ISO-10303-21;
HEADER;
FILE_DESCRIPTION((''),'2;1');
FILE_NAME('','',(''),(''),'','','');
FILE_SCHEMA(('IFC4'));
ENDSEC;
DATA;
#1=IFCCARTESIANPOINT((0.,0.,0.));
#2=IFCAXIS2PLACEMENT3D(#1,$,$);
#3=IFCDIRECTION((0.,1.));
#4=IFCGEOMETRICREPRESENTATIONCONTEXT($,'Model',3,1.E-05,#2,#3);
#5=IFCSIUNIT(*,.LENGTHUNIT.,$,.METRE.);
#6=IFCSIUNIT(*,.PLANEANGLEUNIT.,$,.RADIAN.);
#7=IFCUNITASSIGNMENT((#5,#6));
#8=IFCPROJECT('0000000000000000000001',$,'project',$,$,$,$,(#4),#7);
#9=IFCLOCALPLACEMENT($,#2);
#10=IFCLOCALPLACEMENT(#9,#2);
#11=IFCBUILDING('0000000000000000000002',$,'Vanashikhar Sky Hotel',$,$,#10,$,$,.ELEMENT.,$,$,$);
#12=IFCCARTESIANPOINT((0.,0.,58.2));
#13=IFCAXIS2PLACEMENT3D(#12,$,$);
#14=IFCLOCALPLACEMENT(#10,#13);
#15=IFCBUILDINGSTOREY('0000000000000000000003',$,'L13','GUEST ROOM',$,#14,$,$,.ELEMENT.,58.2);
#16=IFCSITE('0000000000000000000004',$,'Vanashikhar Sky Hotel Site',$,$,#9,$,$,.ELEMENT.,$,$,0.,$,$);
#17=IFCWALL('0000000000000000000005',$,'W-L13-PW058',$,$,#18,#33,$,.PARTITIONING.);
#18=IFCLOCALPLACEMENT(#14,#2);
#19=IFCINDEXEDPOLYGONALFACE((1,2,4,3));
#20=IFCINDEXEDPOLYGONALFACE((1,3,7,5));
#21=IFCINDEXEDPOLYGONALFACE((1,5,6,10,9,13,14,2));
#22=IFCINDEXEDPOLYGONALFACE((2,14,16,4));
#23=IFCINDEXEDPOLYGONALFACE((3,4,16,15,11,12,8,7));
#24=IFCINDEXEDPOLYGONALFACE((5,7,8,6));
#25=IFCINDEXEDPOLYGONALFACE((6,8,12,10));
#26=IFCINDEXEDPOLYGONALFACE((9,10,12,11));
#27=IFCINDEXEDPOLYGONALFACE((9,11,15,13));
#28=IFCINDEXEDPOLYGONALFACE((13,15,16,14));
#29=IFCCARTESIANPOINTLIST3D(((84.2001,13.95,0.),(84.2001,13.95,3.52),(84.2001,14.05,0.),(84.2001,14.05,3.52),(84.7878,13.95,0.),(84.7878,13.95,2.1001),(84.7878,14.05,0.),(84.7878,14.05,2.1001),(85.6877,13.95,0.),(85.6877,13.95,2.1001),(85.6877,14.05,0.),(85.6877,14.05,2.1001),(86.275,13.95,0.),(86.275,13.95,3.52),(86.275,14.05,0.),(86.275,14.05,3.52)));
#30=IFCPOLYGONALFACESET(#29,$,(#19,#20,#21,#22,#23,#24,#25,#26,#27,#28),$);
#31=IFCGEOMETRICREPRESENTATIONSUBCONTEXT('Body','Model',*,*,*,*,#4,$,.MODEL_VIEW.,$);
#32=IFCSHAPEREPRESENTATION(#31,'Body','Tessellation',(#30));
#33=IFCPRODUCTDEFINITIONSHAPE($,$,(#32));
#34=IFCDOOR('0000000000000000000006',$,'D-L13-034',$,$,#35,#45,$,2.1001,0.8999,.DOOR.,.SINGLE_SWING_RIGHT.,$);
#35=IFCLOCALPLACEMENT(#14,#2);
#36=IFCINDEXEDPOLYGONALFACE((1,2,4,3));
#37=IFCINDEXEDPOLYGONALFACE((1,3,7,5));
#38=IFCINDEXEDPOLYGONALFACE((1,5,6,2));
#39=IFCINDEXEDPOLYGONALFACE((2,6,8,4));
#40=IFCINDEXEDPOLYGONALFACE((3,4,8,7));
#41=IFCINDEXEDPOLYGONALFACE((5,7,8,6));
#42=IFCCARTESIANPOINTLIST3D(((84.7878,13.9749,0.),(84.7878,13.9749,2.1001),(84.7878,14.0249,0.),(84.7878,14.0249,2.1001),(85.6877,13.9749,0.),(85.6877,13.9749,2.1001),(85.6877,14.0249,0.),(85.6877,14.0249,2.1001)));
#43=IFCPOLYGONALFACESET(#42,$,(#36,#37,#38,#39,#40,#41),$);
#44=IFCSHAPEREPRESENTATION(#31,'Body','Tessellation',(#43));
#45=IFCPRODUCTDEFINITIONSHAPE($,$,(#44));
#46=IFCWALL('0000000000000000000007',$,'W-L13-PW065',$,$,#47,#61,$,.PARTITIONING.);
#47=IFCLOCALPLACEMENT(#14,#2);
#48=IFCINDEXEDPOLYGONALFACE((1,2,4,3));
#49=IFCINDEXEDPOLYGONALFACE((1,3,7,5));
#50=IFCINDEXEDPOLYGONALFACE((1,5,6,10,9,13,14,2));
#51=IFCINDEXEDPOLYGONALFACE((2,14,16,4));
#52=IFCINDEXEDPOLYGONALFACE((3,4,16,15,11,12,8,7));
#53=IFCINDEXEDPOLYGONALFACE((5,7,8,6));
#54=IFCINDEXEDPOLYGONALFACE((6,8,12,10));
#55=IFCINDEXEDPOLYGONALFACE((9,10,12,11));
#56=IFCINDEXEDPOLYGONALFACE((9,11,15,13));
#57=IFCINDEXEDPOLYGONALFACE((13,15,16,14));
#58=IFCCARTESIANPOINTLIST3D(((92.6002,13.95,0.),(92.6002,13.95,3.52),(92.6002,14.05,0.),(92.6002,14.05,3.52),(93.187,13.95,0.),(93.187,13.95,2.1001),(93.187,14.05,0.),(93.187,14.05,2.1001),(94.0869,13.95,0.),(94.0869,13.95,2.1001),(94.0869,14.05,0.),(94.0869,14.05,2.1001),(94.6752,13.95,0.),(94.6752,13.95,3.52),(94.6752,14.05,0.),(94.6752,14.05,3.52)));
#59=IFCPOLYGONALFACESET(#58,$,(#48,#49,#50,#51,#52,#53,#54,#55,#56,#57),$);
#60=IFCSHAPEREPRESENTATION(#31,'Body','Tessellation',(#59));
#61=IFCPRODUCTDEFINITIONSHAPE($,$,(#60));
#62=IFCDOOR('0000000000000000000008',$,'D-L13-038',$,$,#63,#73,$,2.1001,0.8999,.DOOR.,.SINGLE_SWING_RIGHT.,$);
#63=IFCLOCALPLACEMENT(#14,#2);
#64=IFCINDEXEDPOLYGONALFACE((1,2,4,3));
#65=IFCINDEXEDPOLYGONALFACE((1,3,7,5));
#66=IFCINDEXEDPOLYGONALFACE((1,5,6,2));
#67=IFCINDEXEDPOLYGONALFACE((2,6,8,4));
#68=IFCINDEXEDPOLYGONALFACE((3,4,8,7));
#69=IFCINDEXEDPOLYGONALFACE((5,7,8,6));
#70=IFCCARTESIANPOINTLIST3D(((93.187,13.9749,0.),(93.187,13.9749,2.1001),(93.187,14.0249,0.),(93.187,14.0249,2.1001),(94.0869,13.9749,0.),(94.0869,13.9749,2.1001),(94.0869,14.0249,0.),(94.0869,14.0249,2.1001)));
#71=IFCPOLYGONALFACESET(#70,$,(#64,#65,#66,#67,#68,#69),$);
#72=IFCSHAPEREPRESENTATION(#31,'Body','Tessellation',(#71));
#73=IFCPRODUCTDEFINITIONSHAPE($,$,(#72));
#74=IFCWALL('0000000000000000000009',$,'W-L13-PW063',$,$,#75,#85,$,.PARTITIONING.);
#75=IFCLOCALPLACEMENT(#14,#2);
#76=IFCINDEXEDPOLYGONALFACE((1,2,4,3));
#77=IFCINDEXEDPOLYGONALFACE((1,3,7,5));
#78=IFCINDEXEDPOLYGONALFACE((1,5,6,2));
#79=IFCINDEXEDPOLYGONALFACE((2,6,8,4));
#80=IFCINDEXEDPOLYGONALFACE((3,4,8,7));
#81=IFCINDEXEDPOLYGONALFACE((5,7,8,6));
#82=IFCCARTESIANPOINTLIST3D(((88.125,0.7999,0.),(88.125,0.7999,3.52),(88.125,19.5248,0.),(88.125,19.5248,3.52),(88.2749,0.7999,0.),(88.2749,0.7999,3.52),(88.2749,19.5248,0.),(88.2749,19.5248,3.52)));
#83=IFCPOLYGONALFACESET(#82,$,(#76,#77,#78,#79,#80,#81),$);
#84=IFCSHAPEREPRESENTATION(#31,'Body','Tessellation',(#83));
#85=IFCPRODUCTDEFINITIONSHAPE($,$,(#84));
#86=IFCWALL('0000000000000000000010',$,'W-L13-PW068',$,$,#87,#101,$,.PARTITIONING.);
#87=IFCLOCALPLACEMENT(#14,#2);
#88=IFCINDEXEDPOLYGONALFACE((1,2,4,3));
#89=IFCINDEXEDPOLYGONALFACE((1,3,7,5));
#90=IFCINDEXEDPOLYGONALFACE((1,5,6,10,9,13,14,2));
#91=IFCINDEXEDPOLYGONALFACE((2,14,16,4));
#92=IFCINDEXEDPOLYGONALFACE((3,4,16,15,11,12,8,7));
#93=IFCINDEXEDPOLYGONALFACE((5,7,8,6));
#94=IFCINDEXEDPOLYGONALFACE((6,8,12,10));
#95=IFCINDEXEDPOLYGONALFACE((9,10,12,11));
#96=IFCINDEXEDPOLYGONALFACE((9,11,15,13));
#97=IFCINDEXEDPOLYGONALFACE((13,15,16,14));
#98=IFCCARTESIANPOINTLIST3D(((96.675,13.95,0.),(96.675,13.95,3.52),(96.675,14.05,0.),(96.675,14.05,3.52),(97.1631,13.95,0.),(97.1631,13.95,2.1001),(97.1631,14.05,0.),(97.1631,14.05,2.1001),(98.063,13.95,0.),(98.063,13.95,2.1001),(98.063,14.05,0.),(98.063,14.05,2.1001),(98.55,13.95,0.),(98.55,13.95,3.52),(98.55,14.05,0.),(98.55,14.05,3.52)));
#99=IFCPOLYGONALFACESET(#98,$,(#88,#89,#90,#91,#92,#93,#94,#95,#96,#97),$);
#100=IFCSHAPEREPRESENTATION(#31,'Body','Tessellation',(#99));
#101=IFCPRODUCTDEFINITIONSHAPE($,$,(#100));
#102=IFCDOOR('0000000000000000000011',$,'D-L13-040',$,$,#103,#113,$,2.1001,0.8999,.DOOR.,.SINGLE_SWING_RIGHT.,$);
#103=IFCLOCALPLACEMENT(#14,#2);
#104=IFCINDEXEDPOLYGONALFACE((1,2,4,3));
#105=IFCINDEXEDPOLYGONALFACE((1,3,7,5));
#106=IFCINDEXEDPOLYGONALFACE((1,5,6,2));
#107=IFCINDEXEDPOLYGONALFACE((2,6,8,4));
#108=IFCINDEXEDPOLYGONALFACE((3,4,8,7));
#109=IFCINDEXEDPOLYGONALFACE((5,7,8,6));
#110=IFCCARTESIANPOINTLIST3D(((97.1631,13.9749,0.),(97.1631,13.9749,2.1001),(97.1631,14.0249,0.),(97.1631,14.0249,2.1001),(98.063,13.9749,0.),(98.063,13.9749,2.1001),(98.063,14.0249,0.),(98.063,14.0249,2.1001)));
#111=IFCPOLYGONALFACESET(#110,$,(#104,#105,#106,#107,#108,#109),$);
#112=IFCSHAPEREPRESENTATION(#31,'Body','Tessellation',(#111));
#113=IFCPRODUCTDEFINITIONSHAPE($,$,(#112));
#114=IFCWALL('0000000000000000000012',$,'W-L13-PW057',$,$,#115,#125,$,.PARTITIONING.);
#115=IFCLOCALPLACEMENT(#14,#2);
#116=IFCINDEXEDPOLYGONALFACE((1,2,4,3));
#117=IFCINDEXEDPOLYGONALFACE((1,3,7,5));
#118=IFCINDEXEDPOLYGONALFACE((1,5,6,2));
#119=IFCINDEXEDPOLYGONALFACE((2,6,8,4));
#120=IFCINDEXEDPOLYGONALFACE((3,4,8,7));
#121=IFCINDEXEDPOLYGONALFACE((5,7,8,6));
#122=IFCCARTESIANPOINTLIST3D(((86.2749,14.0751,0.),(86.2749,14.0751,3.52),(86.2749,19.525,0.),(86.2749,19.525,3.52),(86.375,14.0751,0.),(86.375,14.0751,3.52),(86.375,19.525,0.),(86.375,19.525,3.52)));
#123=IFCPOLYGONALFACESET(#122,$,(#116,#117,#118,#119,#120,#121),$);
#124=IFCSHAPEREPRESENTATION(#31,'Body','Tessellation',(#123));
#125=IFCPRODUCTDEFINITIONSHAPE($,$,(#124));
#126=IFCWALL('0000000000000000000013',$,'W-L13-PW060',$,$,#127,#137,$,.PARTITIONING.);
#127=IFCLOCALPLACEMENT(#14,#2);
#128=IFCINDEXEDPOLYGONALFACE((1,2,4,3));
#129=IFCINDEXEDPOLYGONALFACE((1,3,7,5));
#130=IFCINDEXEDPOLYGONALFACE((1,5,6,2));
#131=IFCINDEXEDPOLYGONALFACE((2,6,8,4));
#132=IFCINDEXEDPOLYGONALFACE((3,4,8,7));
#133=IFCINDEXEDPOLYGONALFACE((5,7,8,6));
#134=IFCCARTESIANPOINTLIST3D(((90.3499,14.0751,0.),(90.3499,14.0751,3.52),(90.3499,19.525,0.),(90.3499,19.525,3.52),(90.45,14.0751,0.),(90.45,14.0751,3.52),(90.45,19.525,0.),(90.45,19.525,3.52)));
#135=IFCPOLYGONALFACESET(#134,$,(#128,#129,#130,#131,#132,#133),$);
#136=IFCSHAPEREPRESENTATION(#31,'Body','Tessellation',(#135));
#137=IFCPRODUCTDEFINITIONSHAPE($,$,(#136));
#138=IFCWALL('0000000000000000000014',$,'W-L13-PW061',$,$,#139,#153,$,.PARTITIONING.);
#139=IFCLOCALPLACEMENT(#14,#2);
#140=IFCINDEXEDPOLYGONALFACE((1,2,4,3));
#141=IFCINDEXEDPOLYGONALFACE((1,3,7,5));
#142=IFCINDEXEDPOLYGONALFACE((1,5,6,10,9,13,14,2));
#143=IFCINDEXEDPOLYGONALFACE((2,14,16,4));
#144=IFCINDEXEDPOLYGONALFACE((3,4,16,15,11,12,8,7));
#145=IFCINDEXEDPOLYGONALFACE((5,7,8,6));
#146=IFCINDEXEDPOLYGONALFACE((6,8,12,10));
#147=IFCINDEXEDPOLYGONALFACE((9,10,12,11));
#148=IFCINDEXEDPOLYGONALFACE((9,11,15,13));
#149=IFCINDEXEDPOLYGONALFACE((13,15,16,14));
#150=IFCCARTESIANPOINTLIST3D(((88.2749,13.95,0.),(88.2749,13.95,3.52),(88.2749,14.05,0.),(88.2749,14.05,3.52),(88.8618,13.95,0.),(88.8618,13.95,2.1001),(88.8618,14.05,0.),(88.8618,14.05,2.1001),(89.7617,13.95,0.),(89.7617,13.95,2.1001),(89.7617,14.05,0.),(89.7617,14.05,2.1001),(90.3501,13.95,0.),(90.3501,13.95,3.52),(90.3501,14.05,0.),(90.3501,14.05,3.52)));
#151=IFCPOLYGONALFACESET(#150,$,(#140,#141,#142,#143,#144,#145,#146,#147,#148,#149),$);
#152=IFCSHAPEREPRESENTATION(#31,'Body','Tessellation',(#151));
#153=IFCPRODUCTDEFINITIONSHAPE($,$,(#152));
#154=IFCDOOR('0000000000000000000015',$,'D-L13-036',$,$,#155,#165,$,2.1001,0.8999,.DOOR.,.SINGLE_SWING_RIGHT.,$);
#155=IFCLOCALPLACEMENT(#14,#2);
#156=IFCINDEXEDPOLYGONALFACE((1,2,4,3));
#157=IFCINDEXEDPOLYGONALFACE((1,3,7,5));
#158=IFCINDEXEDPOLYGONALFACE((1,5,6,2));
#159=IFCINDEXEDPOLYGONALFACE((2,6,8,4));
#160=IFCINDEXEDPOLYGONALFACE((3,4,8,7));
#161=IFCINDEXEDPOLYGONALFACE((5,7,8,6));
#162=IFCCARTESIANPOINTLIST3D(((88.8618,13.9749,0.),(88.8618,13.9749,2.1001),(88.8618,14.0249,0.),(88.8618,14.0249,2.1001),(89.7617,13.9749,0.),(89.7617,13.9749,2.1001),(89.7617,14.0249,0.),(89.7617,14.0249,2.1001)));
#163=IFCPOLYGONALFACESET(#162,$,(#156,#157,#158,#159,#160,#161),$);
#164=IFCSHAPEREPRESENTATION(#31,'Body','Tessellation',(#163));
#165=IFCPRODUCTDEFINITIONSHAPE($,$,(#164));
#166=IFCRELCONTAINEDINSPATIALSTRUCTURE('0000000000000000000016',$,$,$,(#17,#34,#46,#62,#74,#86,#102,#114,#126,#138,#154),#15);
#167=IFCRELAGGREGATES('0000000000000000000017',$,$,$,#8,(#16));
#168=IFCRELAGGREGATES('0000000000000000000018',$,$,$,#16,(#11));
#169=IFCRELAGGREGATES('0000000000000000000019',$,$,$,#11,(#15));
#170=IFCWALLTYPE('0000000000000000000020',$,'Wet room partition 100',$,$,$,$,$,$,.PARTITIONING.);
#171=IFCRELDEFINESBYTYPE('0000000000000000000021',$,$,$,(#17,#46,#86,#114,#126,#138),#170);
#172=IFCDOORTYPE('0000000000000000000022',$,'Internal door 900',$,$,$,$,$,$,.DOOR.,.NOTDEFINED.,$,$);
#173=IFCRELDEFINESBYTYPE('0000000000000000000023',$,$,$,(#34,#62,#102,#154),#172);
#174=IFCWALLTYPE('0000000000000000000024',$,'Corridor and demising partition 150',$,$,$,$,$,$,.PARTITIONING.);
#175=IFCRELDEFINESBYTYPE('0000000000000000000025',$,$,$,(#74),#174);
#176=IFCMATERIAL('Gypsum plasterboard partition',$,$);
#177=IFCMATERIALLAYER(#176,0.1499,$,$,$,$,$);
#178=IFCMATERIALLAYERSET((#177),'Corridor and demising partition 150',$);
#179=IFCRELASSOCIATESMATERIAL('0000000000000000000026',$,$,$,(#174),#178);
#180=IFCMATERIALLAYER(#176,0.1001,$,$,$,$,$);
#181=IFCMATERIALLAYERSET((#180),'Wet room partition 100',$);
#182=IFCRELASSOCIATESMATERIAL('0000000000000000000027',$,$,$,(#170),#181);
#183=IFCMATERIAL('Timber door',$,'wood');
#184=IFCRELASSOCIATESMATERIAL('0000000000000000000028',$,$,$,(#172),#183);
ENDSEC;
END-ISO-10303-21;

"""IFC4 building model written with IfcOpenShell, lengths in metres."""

from ifc_helpers import new_model, si_unit, direction, frame, frame_2d, origin, place, context, subcontext, project, spatial, rectangle, extrude, source, transform, mapped, material, layer, layer_set, type_object, element, fill, save


model = new_model("IFC4")

# Units and contexts
model_context = context("Model", 3, precision=1e-05, world=origin(), true_north=direction((0.0, 1.0)))
body_context = subcontext(model_context, "Body", "Model", "MODEL_VIEW")
ifc_project = project(units=[si_unit("LENGTHUNIT", "METRE"), si_unit("PLANEANGLEUNIT", "RADIAN")], contexts=[model_context])

# Site, building, storey
site_placement = place(None, origin())
site = spatial("IfcSite", under=ifc_project, at=site_placement, Name="Vanashikhar Sky Hotel Site", CompositionType="ELEMENT", RefElevation=0.0)
building_placement = place(site_placement, origin())
building = spatial("IfcBuilding", under=site, at=building_placement, Name="Vanashikhar Sky Hotel", CompositionType="ELEMENT")
storey_placement = place(building_placement, frame((0.0, 0.0, 58.2)))
storey = spatial("IfcBuildingStorey", under=building, at=storey_placement, Name="L13", Description="GUEST ROOM", CompositionType="ELEMENT", Elevation=58.2)

# Shared definitions
ifc_material_1 = material(Name="Gypsum plasterboard partition")
ifc_layer_1 = layer(ifc_material_1, 0.1499)
ifc_layer_set_1 = layer_set([ifc_layer_1], Name="Corridor and demising partition 150")
wall_type_1 = type_object("IfcWallType", Name="Corridor and demising partition 150", PredefinedType="PARTITIONING", material=ifc_layer_set_1)

# Walls, openings, doors
ifc_layer_2 = layer(ifc_material_1, 0.1001)
ifc_layer_set_2 = layer_set([ifc_layer_2], Name="Wet room partition 100")
wall_type_2 = type_object("IfcWallType", Name="Wet room partition 100", PredefinedType="PARTITIONING", material=ifc_layer_set_2)
shared_shape_1 = source(origin(), body_context, "Body", "SweptSolid", [
    extrude(rectangle(XDim=2.075, YDim=0.1001, at=frame_2d((1.0376, 0.0))), origin(), (0.0, 0.0, 1.0), 3.52),
])
wall_1_placement = place(storey_placement, frame((84.2, 14.0, 0.0), z_axis=(0.0, 0.0, 1.0), x_axis=(1.0, 0.0, 0.0)))
wall_1 = element("IfcWall", 1, at=wall_1_placement, inside=storey, type_object=wall_type_2, Name="W-L13-PW058", PredefinedType="PARTITIONING", context=body_context, shape_type="MappedRepresentation", body=[
    mapped(shared_shape_1, transform((0.0, 0.0, 0.0), scale=1.0)),
])
shared_shape_2 = source(origin(), body_context, "Body", "SweptSolid", [
    extrude(rectangle(XDim=0.8999, YDim=2.1001, at=frame_2d((0.45, 1.05))), frame((0.0, 0.0601, 0.0), z_axis=(0.0, -1.0, 0.0), x_axis=(1.0, 0.0, 0.0)), (0.0, 0.0, 1.0), 0.1201),
])
opening_1_placement = place(wall_1_placement, frame((0.5879, 0.0, 0.0)))
opening_1 = element("IfcOpeningElement", 2, at=opening_1_placement, cuts=wall_1, PredefinedType="OPENING", context=body_context, shape_type="MappedRepresentation", body=[
    mapped(shared_shape_2, transform((0.0, 0.0, 0.0), scale=1.0)),
])
ifc_material_2 = material(Name="Timber door", Category="wood")
door_type_1 = type_object("IfcDoorType", Name="Internal door 900", OperationType="NOTDEFINED", PredefinedType="DOOR", material=ifc_material_2)
shared_shape_3 = source(origin(), body_context, "Body", "SweptSolid", [
    extrude(rectangle(XDim=0.8999, YDim=2.1001, at=frame_2d((0.45, 1.05))), frame((0.0, 0.0249, 0.0), z_axis=(0.0, -1.0, 0.0), x_axis=(1.0, 0.0, 0.0)), (0.0, 0.0, 1.0), 0.05),
])
door_1_placement = place(opening_1_placement, origin())
door_1 = element("IfcDoor", 3, at=door_1_placement, inside=storey, type_object=door_type_1, Name="D-L13-034", OperationType="SINGLE_SWING_RIGHT", OverallHeight=2.1001, OverallWidth=0.8999, PredefinedType="DOOR", context=body_context, shape_type="MappedRepresentation", body=[
    mapped(shared_shape_3, transform((0.0, 0.0, 0.0), scale=1.0)),
])
fill(opening_1, door_1)
wall_2_placement = place(storey_placement, frame((92.6001, 14.0, 0.0), z_axis=(0.0, 0.0, 1.0), x_axis=(1.0, 0.0, 0.0)))
wall_2 = element("IfcWall", 4, at=wall_2_placement, inside=storey, type_object=wall_type_2, Name="W-L13-PW065", PredefinedType="PARTITIONING", context=body_context, shape_type="MappedRepresentation", body=[
    mapped(shared_shape_1, transform((0.0, 0.0, 0.0), scale=1.0)),
])
opening_2_placement = place(wall_2_placement, frame((0.5869, 0.0, 0.0)))
opening_2 = element("IfcOpeningElement", 5, at=opening_2_placement, cuts=wall_2, PredefinedType="OPENING", context=body_context, shape_type="MappedRepresentation", body=[
    mapped(shared_shape_2, transform((0.0, 0.0, 0.0), scale=1.0)),
])
door_2_placement = place(opening_2_placement, origin())
door_2 = element("IfcDoor", 6, at=door_2_placement, inside=storey, type_object=door_type_1, Name="D-L13-038", OperationType="SINGLE_SWING_RIGHT", OverallHeight=2.1001, OverallWidth=0.8999, PredefinedType="DOOR", context=body_context, shape_type="MappedRepresentation", body=[
    mapped(shared_shape_3, transform((0.0, 0.0, 0.0), scale=1.0)),
])
fill(opening_2, door_2)

# Wall
shared_shape_4 = source(origin(), body_context, "Body", "SweptSolid", [
    extrude(rectangle(XDim=18.7249, YDim=0.1499, at=frame_2d((9.3623, 0.0))), origin(), (0.0, 0.0, 1.0), 3.52),
])
wall_3_placement = place(storey_placement, frame((88.2, 0.8, 0.0), z_axis=(0.0, 0.0, 1.0), x_axis=(0.0, 1.0, 0.0)))
element("IfcWall", 7, at=wall_3_placement, inside=storey, type_object=wall_type_1, Name="W-L13-PW063", PredefinedType="PARTITIONING", context=body_context, shape_type="MappedRepresentation", body=[
    mapped(shared_shape_4, transform((0.0, 0.0, 0.0), scale=1.0)),
])

# Wall, opening, door
shared_shape_5 = source(origin(), body_context, "Body", "SweptSolid", [
    extrude(rectangle(XDim=1.875, YDim=0.1001, at=frame_2d((0.9375, 0.0))), origin(), (0.0, 0.0, 1.0), 3.52),
])
wall_4_placement = place(storey_placement, frame((96.675, 14.0, 0.0), z_axis=(0.0, 0.0, 1.0), x_axis=(1.0, 0.0, 0.0)))
wall_4 = element("IfcWall", 8, at=wall_4_placement, inside=storey, type_object=wall_type_2, Name="W-L13-PW068", PredefinedType="PARTITIONING", context=body_context, shape_type="MappedRepresentation", body=[
    mapped(shared_shape_5, transform((0.0, 0.0, 0.0), scale=1.0)),
])
opening_3_placement = place(wall_4_placement, frame((0.488, 0.0, 0.0)))
opening_3 = element("IfcOpeningElement", 9, at=opening_3_placement, cuts=wall_4, PredefinedType="OPENING", context=body_context, shape_type="MappedRepresentation", body=[
    mapped(shared_shape_2, transform((0.0, 0.0, 0.0), scale=1.0)),
])
door_3_placement = place(opening_3_placement, origin())
door_3 = element("IfcDoor", 10, at=door_3_placement, inside=storey, type_object=door_type_1, Name="D-L13-040", OperationType="SINGLE_SWING_RIGHT", OverallHeight=2.1001, OverallWidth=0.8999, PredefinedType="DOOR", context=body_context, shape_type="MappedRepresentation", body=[
    mapped(shared_shape_3, transform((0.0, 0.0, 0.0), scale=1.0)),
])
fill(opening_3, door_3)

# Walls
shared_shape_6 = source(origin(), body_context, "Body", "SweptSolid", [
    extrude(rectangle(XDim=5.45, YDim=0.1001, at=frame_2d((2.7251, 0.0))), origin(), (0.0, 0.0, 1.0), 3.52),
])
for number, where, z_axis, x_axis, name in (
    (11, (86.325, 14.075, 0.0), (0.0, 0.0, 1.0), (0.0, 1.0, 0.0), "W-L13-PW057"),
    (12, (90.3999, 14.075, 0.0), (0.0, 0.0, 1.0), (0.0, 1.0, 0.0), "W-L13-PW060"),
):
    element("IfcWall", number, at=place(storey_placement, frame(where, z_axis=z_axis, x_axis=x_axis)), inside=storey, type_object=wall_type_2, Name=name, PredefinedType="PARTITIONING", context=body_context, shape_type="MappedRepresentation", body=[
        mapped(shared_shape_6, transform((0.0, 0.0, 0.0), scale=1.0)),
    ])

# Wall, opening, door
shared_shape_7 = source(origin(), body_context, "Body", "SweptSolid", [
    extrude(rectangle(XDim=2.0752, YDim=0.1001, at=frame_2d((1.0376, 0.0))), origin(), (0.0, 0.0, 1.0), 3.52),
])
wall_5_placement = place(storey_placement, frame((88.2749, 14.0, 0.0), z_axis=(0.0, 0.0, 1.0), x_axis=(1.0, 0.0, 0.0)))
wall_5 = element("IfcWall", 13, at=wall_5_placement, inside=storey, type_object=wall_type_2, Name="W-L13-PW061", PredefinedType="PARTITIONING", context=body_context, shape_type="MappedRepresentation", body=[
    mapped(shared_shape_7, transform((0.0, 0.0, 0.0), scale=1.0)),
])
opening_4_placement = place(wall_5_placement, frame((0.5869, 0.0, 0.0)))
opening_4 = element("IfcOpeningElement", 14, at=opening_4_placement, cuts=wall_5, PredefinedType="OPENING", context=body_context, shape_type="MappedRepresentation", body=[
    mapped(shared_shape_2, transform((0.0, 0.0, 0.0), scale=1.0)),
])
door_4_placement = place(opening_4_placement, origin())
door_4 = element("IfcDoor", 15, at=door_4_placement, inside=storey, type_object=door_type_1, Name="D-L13-036", OperationType="SINGLE_SWING_RIGHT", OverallHeight=2.1001, OverallWidth=0.8999, PredefinedType="DOOR", context=body_context, shape_type="MappedRepresentation", body=[
    mapped(shared_shape_3, transform((0.0, 0.0, 0.0), scale=1.0)),
])
fill(opening_4, door_4)

save(model, "model.ifc")
